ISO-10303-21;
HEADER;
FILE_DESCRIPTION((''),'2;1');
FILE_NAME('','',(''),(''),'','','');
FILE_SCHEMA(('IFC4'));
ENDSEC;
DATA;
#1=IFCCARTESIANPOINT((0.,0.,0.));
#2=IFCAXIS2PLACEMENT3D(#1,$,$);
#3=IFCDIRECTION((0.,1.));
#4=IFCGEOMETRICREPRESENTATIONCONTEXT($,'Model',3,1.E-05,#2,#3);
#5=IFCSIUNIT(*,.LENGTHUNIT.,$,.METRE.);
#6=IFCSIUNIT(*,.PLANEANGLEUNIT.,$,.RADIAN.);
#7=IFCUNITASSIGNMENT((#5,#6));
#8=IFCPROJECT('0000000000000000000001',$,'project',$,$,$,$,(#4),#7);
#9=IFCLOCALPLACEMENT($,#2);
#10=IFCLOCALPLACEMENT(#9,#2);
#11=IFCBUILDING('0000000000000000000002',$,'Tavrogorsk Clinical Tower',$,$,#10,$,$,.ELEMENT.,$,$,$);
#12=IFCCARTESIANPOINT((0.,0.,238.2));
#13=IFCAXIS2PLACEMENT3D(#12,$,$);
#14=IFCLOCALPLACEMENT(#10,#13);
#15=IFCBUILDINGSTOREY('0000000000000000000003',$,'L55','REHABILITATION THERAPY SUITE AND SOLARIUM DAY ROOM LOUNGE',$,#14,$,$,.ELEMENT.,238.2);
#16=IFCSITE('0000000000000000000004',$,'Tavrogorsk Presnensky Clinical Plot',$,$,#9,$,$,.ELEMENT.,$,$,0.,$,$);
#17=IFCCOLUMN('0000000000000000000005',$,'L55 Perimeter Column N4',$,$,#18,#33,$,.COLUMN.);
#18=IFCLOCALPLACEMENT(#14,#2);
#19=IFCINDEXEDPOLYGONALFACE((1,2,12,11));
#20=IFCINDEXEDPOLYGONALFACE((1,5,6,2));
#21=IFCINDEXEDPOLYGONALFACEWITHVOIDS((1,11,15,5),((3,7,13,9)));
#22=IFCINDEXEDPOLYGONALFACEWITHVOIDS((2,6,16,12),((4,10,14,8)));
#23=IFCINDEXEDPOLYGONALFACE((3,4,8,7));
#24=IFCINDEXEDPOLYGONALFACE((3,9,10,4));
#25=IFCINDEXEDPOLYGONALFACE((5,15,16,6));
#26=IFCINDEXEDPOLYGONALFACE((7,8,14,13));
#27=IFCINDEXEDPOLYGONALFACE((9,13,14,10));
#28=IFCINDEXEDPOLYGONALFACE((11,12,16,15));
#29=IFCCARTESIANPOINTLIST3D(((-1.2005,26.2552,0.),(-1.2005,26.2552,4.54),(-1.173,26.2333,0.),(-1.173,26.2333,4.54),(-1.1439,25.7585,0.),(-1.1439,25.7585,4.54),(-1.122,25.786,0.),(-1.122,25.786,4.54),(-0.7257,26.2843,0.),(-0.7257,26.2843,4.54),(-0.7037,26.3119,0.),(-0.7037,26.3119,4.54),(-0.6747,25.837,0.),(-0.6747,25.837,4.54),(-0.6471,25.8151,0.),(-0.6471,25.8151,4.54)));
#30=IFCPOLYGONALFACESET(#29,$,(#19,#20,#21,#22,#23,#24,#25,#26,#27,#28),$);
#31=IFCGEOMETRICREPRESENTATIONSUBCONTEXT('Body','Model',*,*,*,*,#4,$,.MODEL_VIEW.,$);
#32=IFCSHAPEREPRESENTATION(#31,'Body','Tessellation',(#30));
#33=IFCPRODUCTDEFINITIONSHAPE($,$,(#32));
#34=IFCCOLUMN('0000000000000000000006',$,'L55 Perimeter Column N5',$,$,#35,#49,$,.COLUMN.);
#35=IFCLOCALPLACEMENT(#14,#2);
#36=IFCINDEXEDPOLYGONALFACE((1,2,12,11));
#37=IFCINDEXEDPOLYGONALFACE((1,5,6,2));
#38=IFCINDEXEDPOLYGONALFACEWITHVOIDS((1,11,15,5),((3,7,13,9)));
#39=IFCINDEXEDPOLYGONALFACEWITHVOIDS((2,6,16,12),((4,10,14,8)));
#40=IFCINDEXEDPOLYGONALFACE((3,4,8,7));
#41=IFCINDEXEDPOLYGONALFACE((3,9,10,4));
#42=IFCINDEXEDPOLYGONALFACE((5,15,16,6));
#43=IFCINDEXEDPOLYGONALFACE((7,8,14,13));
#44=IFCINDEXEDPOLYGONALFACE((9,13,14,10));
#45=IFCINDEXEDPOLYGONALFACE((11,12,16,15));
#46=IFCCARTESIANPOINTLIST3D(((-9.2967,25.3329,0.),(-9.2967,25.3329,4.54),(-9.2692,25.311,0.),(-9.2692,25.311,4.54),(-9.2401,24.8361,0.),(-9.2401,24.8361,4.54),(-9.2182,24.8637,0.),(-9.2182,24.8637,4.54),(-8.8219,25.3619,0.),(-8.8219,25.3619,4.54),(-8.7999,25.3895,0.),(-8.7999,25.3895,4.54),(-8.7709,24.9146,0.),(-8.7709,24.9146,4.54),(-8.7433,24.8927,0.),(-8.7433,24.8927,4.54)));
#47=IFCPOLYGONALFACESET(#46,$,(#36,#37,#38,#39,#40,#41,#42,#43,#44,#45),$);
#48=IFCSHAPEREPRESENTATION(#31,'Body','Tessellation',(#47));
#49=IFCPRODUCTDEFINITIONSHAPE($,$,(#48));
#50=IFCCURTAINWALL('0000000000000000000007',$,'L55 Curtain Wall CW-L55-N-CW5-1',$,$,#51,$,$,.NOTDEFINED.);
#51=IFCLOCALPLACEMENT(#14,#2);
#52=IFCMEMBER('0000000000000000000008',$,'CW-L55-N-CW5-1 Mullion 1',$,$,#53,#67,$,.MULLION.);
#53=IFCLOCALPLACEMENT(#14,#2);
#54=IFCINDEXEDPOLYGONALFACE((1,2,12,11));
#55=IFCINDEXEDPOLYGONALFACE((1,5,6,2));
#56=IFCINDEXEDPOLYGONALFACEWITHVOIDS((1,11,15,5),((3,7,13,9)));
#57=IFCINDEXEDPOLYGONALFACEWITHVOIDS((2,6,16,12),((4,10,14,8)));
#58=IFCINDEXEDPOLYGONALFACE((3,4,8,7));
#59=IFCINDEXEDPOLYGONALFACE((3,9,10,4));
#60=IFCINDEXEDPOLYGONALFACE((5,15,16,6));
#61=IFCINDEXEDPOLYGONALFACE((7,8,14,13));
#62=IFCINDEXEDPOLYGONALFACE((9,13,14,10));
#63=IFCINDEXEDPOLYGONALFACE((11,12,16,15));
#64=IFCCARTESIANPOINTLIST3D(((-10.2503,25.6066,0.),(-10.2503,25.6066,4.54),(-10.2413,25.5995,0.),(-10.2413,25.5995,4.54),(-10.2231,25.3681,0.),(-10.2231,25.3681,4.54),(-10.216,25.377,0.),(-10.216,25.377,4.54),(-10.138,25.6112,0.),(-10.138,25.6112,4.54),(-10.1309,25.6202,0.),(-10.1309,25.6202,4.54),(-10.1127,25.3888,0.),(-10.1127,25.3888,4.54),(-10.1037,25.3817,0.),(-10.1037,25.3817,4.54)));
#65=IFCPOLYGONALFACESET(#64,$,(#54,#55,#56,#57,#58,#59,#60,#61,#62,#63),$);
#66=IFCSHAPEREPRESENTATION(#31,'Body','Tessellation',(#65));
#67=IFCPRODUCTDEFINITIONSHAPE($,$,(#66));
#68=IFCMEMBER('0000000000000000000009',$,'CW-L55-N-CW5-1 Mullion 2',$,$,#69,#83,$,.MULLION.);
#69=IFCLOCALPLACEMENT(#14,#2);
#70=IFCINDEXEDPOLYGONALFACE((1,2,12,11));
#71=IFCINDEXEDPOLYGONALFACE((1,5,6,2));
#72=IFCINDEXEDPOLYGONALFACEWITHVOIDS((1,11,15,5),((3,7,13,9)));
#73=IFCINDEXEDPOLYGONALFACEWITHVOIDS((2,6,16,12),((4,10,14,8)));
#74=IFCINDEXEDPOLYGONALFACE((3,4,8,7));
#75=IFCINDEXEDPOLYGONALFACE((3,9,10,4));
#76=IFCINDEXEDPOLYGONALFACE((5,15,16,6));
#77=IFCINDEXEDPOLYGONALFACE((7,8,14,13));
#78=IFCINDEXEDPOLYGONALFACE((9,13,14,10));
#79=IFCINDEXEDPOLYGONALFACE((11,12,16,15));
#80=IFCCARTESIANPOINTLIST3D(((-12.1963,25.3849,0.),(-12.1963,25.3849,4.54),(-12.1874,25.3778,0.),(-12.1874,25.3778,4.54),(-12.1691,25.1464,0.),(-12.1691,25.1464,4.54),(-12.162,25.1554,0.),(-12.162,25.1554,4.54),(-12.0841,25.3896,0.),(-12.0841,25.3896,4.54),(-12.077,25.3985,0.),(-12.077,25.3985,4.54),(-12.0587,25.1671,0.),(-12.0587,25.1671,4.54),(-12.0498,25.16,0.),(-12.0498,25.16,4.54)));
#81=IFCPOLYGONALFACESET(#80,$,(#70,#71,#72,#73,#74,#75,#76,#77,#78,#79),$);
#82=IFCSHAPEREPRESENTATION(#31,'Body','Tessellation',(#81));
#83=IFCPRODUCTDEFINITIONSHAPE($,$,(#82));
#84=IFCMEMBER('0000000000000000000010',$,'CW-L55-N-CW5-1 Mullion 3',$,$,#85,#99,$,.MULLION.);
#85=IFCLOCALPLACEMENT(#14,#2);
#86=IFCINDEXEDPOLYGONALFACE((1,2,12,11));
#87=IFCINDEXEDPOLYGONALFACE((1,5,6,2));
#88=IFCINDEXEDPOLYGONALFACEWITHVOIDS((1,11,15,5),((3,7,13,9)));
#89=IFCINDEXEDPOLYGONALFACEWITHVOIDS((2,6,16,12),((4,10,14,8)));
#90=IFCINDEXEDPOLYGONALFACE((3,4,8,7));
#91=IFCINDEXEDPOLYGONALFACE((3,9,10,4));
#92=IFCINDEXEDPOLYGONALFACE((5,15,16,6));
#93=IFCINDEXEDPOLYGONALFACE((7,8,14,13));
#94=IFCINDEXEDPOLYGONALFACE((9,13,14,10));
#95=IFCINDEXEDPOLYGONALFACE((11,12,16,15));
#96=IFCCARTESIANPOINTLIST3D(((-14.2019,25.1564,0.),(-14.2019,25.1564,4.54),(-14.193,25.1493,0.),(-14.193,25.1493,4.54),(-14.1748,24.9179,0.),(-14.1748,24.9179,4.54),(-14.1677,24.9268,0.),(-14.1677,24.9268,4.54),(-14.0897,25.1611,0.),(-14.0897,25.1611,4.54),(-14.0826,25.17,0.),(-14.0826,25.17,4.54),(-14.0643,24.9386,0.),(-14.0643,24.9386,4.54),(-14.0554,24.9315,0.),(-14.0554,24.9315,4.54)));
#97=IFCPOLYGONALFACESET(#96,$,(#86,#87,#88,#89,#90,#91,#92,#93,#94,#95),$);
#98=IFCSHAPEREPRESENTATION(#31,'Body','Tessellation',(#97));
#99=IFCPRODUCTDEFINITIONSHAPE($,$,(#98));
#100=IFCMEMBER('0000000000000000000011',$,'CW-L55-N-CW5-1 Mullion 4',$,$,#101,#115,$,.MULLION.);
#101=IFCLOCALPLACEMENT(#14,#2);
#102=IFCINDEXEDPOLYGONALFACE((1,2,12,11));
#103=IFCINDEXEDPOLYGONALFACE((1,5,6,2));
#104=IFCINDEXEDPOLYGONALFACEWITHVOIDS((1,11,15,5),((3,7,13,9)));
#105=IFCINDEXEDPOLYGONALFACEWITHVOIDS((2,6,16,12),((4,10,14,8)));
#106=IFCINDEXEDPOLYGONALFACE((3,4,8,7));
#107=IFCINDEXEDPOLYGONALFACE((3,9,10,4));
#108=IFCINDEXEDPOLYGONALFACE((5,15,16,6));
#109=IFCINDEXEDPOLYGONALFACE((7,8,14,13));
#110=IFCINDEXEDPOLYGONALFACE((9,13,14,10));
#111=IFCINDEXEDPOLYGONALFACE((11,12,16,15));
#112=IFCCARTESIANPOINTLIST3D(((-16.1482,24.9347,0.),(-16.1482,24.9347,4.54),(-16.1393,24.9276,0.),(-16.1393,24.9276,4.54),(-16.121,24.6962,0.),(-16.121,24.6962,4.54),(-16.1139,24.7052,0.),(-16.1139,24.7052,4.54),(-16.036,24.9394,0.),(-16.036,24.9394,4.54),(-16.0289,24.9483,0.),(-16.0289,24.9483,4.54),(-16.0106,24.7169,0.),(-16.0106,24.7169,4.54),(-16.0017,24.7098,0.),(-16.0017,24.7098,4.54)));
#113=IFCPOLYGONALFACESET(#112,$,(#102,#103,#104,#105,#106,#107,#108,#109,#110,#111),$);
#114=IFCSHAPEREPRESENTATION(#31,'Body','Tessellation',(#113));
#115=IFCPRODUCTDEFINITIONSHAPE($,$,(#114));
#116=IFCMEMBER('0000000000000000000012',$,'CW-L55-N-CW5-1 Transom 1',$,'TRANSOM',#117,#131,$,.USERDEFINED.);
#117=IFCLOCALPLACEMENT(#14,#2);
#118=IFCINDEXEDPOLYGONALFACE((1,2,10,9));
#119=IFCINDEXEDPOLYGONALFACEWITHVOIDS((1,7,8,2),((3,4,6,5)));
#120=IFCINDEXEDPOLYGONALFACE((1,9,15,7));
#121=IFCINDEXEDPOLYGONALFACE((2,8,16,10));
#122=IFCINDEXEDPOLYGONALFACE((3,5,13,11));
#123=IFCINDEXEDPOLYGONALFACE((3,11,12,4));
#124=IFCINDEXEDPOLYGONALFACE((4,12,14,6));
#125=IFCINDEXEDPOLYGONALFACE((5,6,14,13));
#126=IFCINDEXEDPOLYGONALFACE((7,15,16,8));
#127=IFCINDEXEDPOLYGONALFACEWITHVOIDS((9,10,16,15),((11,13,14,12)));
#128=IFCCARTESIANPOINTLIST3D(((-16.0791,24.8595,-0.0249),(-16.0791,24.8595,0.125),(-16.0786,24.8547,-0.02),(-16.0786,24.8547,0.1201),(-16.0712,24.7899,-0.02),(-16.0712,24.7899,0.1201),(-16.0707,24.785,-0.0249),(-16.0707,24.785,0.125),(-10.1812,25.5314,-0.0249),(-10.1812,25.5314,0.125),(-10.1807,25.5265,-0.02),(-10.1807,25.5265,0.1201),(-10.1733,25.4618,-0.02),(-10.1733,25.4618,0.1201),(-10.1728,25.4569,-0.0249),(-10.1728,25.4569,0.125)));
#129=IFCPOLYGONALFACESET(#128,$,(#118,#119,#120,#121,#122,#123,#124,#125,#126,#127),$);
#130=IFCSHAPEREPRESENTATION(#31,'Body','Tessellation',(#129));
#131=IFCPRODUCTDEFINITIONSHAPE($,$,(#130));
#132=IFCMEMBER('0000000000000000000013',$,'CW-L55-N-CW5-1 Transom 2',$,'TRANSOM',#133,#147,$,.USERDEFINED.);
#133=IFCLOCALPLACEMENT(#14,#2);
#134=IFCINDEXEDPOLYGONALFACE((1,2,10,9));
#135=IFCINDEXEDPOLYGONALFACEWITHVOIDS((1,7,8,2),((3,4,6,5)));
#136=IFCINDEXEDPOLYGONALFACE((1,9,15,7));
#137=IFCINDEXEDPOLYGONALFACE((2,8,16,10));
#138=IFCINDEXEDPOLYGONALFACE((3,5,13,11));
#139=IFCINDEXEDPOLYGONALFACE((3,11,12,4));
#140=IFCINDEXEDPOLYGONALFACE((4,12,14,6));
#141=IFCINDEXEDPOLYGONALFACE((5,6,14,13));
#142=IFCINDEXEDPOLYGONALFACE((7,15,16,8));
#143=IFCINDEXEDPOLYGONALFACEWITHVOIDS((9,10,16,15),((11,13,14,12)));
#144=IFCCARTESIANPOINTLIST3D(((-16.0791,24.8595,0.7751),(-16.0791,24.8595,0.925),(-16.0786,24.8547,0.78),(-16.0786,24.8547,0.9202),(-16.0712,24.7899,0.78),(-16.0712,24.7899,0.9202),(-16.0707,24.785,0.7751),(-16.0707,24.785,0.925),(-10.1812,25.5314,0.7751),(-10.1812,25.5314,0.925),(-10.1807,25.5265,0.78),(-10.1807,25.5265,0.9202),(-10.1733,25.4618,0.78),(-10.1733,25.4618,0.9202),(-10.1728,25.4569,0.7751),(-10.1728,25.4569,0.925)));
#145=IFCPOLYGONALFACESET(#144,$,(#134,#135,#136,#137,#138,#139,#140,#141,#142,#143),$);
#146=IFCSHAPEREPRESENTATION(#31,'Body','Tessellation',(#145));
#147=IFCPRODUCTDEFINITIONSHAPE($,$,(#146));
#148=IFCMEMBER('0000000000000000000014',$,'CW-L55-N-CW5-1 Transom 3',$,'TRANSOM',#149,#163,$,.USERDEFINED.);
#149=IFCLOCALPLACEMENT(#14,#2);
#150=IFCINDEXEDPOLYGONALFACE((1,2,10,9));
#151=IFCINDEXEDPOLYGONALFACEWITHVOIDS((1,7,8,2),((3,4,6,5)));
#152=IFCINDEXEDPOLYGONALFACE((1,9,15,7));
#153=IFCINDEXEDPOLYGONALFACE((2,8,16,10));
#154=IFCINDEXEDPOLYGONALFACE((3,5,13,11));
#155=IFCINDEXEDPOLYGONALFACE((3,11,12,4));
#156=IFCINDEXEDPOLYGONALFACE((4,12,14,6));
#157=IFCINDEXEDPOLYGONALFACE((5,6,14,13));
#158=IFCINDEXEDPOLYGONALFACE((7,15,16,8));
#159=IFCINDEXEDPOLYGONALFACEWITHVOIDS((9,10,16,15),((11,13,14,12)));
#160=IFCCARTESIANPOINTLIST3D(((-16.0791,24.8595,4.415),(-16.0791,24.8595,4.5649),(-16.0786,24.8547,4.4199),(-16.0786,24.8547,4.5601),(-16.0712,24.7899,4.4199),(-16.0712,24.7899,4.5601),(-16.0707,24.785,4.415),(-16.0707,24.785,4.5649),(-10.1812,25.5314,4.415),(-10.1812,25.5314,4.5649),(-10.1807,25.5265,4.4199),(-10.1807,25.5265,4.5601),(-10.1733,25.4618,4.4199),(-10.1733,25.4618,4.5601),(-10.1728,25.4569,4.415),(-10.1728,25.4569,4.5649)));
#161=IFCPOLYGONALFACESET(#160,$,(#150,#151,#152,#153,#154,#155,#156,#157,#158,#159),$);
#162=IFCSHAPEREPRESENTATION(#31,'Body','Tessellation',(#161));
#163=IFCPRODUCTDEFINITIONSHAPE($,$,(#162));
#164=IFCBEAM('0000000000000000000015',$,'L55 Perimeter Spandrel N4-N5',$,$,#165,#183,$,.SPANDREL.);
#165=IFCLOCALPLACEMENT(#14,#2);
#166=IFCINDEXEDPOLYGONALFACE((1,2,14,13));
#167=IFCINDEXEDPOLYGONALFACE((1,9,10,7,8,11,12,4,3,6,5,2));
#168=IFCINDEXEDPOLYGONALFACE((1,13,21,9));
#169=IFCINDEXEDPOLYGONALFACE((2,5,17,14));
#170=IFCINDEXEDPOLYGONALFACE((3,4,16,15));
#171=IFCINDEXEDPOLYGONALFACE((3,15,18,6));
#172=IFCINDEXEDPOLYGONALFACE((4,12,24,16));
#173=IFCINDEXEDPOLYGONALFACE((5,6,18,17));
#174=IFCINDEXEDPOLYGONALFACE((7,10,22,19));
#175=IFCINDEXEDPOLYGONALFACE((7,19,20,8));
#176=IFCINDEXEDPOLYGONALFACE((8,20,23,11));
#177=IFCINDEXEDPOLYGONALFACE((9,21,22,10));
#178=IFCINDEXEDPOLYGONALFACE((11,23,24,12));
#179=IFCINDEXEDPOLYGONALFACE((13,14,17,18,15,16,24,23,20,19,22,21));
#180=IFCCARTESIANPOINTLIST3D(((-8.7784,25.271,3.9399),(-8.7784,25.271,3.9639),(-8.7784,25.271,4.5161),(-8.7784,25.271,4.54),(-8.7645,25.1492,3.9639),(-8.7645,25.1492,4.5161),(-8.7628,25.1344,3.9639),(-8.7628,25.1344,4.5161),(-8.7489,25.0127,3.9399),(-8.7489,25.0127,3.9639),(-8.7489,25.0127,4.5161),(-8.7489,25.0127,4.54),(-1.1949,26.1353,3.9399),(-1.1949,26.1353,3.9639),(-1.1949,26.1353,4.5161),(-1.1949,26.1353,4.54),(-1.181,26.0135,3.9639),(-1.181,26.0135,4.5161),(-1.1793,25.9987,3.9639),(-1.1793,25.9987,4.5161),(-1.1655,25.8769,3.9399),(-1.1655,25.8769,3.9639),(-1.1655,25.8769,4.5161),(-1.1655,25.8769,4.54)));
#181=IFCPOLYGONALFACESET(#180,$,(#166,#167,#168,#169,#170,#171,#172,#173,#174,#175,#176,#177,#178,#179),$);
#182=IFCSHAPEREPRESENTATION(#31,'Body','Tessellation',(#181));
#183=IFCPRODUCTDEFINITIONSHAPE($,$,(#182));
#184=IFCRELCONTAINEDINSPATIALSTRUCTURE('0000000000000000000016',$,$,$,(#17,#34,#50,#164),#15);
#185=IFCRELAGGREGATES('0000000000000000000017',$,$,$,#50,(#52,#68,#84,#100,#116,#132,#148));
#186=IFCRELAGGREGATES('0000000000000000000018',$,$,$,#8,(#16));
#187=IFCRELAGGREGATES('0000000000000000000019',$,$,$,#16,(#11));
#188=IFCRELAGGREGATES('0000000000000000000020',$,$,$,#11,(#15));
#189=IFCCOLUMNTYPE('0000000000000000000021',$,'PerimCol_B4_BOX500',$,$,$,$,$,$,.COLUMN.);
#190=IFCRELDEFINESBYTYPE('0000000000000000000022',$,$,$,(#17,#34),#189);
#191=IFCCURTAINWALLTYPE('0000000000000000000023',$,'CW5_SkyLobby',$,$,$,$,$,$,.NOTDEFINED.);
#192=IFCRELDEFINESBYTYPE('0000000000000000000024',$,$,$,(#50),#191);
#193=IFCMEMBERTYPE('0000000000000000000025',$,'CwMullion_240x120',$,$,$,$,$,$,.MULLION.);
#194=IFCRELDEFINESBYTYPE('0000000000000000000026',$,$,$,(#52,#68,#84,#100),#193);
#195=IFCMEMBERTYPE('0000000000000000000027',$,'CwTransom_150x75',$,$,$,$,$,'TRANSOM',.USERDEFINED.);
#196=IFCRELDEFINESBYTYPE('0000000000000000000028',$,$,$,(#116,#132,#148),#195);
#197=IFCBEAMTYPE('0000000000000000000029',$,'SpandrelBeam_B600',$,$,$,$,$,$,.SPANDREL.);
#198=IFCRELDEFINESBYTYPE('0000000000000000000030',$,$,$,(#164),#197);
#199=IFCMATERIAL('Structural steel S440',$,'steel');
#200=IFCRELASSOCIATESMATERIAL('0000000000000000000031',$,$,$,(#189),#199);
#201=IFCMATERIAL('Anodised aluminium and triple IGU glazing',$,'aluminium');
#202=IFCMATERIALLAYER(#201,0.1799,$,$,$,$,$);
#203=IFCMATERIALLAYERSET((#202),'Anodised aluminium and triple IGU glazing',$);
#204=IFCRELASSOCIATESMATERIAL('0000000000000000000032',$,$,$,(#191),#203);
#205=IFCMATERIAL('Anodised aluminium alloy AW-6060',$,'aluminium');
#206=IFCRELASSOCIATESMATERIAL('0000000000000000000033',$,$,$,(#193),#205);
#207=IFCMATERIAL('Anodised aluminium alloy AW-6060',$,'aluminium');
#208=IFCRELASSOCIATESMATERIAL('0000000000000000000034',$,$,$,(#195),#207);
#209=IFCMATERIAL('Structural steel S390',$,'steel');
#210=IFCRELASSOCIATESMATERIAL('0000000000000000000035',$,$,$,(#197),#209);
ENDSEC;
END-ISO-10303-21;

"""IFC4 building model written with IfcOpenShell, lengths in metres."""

from ifc_helpers import new_model, si_unit, direction, frame, origin, origin_2d, place, context, subcontext, project, spatial, hollow_rectangle, i_section, extrude, material, layer, layer_set, material_profile, profile_set, type_object, element, aggregate, save


model = new_model("IFC4")

# Units and contexts
model_context = context("Model", 3, precision=1e-05, world=origin(), true_north=direction((0.0, 1.0)))
body_context = subcontext(model_context, "Body", "Model", "MODEL_VIEW")
ifc_project = project(units=[si_unit("LENGTHUNIT", "METRE"), si_unit("PLANEANGLEUNIT", "RADIAN")], contexts=[model_context])

# Site, building, storey
site_placement = place(None, origin())
site = spatial("IfcSite", under=ifc_project, at=site_placement, Name="Tavrogorsk Presnensky Clinical Plot", CompositionType="ELEMENT", RefElevation=0.0)
building_placement = place(site_placement, origin())
building = spatial("IfcBuilding", under=site, at=building_placement, Name="Tavrogorsk Clinical Tower", CompositionType="ELEMENT")
storey_placement = place(building_placement, frame((0.0, 0.0, 238.2)))
storey = spatial("IfcBuildingStorey", under=building, at=storey_placement, Name="L55", Description="REHABILITATION THERAPY SUITE AND SOLARIUM DAY ROOM LOUNGE", CompositionType="ELEMENT", Elevation=238.2)

# Columns
ifc_material_1 = material(Name="Structural steel S440", Category="steel")
ifc_material_profile_1 = material_profile(ifc_material_1, hollow_rectangle(XDim=0.5, YDim=0.5, WallThickness=0.0249, at=origin_2d()), Name="BOX-500x500x25")
ifc_profile_set_1 = profile_set([ifc_material_profile_1], Name="Structural steel S440")
column_type = type_object("IfcColumnType", Name="PerimCol_B4_BOX500", PredefinedType="COLUMN", material=ifc_profile_set_1)
for number, where, z_axis, x_axis, name in (
    (1, (-0.9238, 26.0352, 0.0), (0.0, 0.0, 1.0), (0.993572, 0.113203, 0.0), "L55 Perimeter Column N4"),
    (2, (-9.02, 25.1128, 0.0), (0.0, 0.0, 1.0), (0.993572, 0.113203, 0.0), "L55 Perimeter Column N5"),
):
    element("IfcColumn", number, at=place(storey_placement, frame(where, z_axis=z_axis, x_axis=x_axis)), inside=storey, type_object=column_type, Name=name, PredefinedType="COLUMN", context=body_context, shape_type="SweptSolid", body=[
        extrude(hollow_rectangle(XDim=0.5, YDim=0.5, WallThickness=0.0249, at=origin_2d()), origin(), (0.0, 0.0, 1.0), 4.54),
    ])

# Curtain wall, members
ifc_material_2 = material(Name="Anodised aluminium and triple IGU glazing", Category="aluminium")
ifc_layer_1 = layer(ifc_material_2, 0.1799)
ifc_layer_set_1 = layer_set([ifc_layer_1], Name="Anodised aluminium and triple IGU glazing")
curtain_wall_type = type_object("IfcCurtainWallType", Name="CW5_SkyLobby", PredefinedType="NOTDEFINED", material=ifc_layer_set_1)
curtain_wall_placement = place(storey_placement, origin())
curtain_wall = element("IfcCurtainWall", 3, at=curtain_wall_placement, inside=storey, type_object=curtain_wall_type, Name="L55 Curtain Wall CW-L55-N-CW5-1", PredefinedType="NOTDEFINED")
ifc_material_3 = material(Name="Anodised aluminium alloy AW-6060", Category="aluminium")
ifc_material_profile_2 = material_profile(ifc_material_3, hollow_rectangle(XDim=0.1201, YDim=0.24, WallThickness=0.0081, at=origin_2d()), Name="RHS-240x120x8")
ifc_profile_set_2 = profile_set([ifc_material_profile_2], Name="Anodised aluminium alloy AW-6060")
member_type_1 = type_object("IfcMemberType", Name="CwMullion_240x120", PredefinedType="MULLION", material=ifc_profile_set_2)
member_1_placement = place(storey_placement, frame((-10.177, 25.4941, 0.0), z_axis=(0.0, 0.0, 1.0), x_axis=(-0.993572, -0.113203, 0.0)))
member_1 = element("IfcMember", 4, at=member_1_placement, type_object=member_type_1, Name="CW-L55-N-CW5-1 Mullion 1", PredefinedType="MULLION", context=body_context, shape_type="SweptSolid", body=[
    extrude(hollow_rectangle(XDim=0.1201, YDim=0.24, WallThickness=0.0081, at=origin_2d()), origin(), (0.0, 0.0, 1.0), 4.54),
])
member_2_placement = place(storey_placement, frame((-12.123, 25.2725, 0.0), z_axis=(0.0, 0.0, 1.0), x_axis=(-0.993572, -0.113203, 0.0)))
member_2 = element("IfcMember", 5, at=member_2_placement, type_object=member_type_1, Name="CW-L55-N-CW5-1 Mullion 2", PredefinedType="MULLION", context=body_context, shape_type="SweptSolid", body=[
    extrude(hollow_rectangle(XDim=0.1201, YDim=0.24, WallThickness=0.0081, at=origin_2d()), origin(), (0.0, 0.0, 1.0), 4.54),
])
member_3_placement = place(storey_placement, frame((-14.1287, 25.0439, 0.0), z_axis=(0.0, 0.0, 1.0), x_axis=(-0.993572, -0.113203, 0.0)))
member_3 = element("IfcMember", 6, at=member_3_placement, type_object=member_type_1, Name="CW-L55-N-CW5-1 Mullion 3", PredefinedType="MULLION", context=body_context, shape_type="SweptSolid", body=[
    extrude(hollow_rectangle(XDim=0.1201, YDim=0.24, WallThickness=0.0081, at=origin_2d()), origin(), (0.0, 0.0, 1.0), 4.54),
])
member_4_placement = place(storey_placement, frame((-16.075, 24.8223, 0.0), z_axis=(0.0, 0.0, 1.0), x_axis=(-0.993572, -0.113203, 0.0)))
member_4 = element("IfcMember", 7, at=member_4_placement, type_object=member_type_1, Name="CW-L55-N-CW5-1 Mullion 4", PredefinedType="MULLION", context=body_context, shape_type="SweptSolid", body=[
    extrude(hollow_rectangle(XDim=0.1201, YDim=0.24, WallThickness=0.0081, at=origin_2d()), origin(), (0.0, 0.0, 1.0), 4.54),
])
ifc_material_4 = material(Name="Anodised aluminium alloy AW-6060", Category="aluminium")
ifc_material_profile_3 = material_profile(ifc_material_4, hollow_rectangle(XDim=0.075, YDim=0.1499, WallThickness=0.0049, at=origin_2d()), Name="RHS-150x75x5")
ifc_profile_set_3 = profile_set([ifc_material_profile_3], Name="Anodised aluminium alloy AW-6060")
member_type_2 = type_object("IfcMemberType", Name="CwTransom_150x75", ElementType="TRANSOM", PredefinedType="USERDEFINED", material=ifc_profile_set_3)
member_5_placement = place(storey_placement, frame((-10.177, 25.4941, 0.05), z_axis=(-0.993574, -0.113185, 0.0), x_axis=(0.113185, -0.993574, 0.0)))
member_5 = element("IfcMember", 8, at=member_5_placement, type_object=member_type_2, Name="CW-L55-N-CW5-1 Transom 1", ObjectType="TRANSOM", PredefinedType="USERDEFINED", context=body_context, shape_type="SweptSolid", body=[
    extrude(hollow_rectangle(XDim=0.075, YDim=0.1499, WallThickness=0.0049, at=origin_2d()), origin(), (0.0, 0.0, 1.0), 5.936),
])
member_6_placement = place(storey_placement, frame((-10.177, 25.4941, 0.8501), z_axis=(-0.993574, -0.113185, 0.0), x_axis=(0.113185, -0.993574, 0.0)))
member_6 = element("IfcMember", 9, at=member_6_placement, type_object=member_type_2, Name="CW-L55-N-CW5-1 Transom 2", ObjectType="TRANSOM", PredefinedType="USERDEFINED", context=body_context, shape_type="SweptSolid", body=[
    extrude(hollow_rectangle(XDim=0.075, YDim=0.1499, WallThickness=0.0049, at=origin_2d()), origin(), (0.0, 0.0, 1.0), 5.936),
])
member_7_placement = place(storey_placement, frame((-10.177, 25.4941, 4.49), z_axis=(-0.993574, -0.113185, 0.0), x_axis=(0.113185, -0.993574, 0.0)))
member_7 = element("IfcMember", 10, at=member_7_placement, type_object=member_type_2, Name="CW-L55-N-CW5-1 Transom 3", ObjectType="TRANSOM", PredefinedType="USERDEFINED", context=body_context, shape_type="SweptSolid", body=[
    extrude(hollow_rectangle(XDim=0.075, YDim=0.1499, WallThickness=0.0049, at=origin_2d()), origin(), (0.0, 0.0, 1.0), 5.936),
])

# Beam
ifc_material_5 = material(Name="Structural steel S390", Category="steel")
ifc_material_profile_4 = material_profile(ifc_material_5, i_section(OverallWidth=0.26, OverallDepth=0.6001, WebThickness=0.0149, FlangeThickness=0.0239, at=origin_2d()), Name="B-600x260x15x24")
ifc_profile_set_4 = profile_set([ifc_material_profile_4], Name="Structural steel S390")
beam_type = type_object("IfcBeamType", Name="SpandrelBeam_B600", PredefinedType="SPANDREL", material=ifc_profile_set_4)
for number, where, z_axis, x_axis, name in (
    (11, (-1.1802, 26.0061, 4.24), (-0.993569, -0.113233, 0.0), (0.113233, -0.993569, 0.0), "L55 Perimeter Spandrel N4-N5"),
):
    element("IfcBeam", number, at=place(storey_placement, frame(where, z_axis=z_axis, x_axis=x_axis)), inside=storey, type_object=beam_type, Name=name, PredefinedType="SPANDREL", context=body_context, shape_type="SweptSolid", body=[
        extrude(i_section(OverallWidth=0.26, OverallDepth=0.6001, WebThickness=0.0149, FlangeThickness=0.0239, at=origin_2d()), origin(), (0.0, 0.0, 1.0), 7.6326),
    ])

aggregate(curtain_wall, [member_1, member_2, member_3, member_4, member_5, member_6, member_7])

save(model, "model.ifc")
